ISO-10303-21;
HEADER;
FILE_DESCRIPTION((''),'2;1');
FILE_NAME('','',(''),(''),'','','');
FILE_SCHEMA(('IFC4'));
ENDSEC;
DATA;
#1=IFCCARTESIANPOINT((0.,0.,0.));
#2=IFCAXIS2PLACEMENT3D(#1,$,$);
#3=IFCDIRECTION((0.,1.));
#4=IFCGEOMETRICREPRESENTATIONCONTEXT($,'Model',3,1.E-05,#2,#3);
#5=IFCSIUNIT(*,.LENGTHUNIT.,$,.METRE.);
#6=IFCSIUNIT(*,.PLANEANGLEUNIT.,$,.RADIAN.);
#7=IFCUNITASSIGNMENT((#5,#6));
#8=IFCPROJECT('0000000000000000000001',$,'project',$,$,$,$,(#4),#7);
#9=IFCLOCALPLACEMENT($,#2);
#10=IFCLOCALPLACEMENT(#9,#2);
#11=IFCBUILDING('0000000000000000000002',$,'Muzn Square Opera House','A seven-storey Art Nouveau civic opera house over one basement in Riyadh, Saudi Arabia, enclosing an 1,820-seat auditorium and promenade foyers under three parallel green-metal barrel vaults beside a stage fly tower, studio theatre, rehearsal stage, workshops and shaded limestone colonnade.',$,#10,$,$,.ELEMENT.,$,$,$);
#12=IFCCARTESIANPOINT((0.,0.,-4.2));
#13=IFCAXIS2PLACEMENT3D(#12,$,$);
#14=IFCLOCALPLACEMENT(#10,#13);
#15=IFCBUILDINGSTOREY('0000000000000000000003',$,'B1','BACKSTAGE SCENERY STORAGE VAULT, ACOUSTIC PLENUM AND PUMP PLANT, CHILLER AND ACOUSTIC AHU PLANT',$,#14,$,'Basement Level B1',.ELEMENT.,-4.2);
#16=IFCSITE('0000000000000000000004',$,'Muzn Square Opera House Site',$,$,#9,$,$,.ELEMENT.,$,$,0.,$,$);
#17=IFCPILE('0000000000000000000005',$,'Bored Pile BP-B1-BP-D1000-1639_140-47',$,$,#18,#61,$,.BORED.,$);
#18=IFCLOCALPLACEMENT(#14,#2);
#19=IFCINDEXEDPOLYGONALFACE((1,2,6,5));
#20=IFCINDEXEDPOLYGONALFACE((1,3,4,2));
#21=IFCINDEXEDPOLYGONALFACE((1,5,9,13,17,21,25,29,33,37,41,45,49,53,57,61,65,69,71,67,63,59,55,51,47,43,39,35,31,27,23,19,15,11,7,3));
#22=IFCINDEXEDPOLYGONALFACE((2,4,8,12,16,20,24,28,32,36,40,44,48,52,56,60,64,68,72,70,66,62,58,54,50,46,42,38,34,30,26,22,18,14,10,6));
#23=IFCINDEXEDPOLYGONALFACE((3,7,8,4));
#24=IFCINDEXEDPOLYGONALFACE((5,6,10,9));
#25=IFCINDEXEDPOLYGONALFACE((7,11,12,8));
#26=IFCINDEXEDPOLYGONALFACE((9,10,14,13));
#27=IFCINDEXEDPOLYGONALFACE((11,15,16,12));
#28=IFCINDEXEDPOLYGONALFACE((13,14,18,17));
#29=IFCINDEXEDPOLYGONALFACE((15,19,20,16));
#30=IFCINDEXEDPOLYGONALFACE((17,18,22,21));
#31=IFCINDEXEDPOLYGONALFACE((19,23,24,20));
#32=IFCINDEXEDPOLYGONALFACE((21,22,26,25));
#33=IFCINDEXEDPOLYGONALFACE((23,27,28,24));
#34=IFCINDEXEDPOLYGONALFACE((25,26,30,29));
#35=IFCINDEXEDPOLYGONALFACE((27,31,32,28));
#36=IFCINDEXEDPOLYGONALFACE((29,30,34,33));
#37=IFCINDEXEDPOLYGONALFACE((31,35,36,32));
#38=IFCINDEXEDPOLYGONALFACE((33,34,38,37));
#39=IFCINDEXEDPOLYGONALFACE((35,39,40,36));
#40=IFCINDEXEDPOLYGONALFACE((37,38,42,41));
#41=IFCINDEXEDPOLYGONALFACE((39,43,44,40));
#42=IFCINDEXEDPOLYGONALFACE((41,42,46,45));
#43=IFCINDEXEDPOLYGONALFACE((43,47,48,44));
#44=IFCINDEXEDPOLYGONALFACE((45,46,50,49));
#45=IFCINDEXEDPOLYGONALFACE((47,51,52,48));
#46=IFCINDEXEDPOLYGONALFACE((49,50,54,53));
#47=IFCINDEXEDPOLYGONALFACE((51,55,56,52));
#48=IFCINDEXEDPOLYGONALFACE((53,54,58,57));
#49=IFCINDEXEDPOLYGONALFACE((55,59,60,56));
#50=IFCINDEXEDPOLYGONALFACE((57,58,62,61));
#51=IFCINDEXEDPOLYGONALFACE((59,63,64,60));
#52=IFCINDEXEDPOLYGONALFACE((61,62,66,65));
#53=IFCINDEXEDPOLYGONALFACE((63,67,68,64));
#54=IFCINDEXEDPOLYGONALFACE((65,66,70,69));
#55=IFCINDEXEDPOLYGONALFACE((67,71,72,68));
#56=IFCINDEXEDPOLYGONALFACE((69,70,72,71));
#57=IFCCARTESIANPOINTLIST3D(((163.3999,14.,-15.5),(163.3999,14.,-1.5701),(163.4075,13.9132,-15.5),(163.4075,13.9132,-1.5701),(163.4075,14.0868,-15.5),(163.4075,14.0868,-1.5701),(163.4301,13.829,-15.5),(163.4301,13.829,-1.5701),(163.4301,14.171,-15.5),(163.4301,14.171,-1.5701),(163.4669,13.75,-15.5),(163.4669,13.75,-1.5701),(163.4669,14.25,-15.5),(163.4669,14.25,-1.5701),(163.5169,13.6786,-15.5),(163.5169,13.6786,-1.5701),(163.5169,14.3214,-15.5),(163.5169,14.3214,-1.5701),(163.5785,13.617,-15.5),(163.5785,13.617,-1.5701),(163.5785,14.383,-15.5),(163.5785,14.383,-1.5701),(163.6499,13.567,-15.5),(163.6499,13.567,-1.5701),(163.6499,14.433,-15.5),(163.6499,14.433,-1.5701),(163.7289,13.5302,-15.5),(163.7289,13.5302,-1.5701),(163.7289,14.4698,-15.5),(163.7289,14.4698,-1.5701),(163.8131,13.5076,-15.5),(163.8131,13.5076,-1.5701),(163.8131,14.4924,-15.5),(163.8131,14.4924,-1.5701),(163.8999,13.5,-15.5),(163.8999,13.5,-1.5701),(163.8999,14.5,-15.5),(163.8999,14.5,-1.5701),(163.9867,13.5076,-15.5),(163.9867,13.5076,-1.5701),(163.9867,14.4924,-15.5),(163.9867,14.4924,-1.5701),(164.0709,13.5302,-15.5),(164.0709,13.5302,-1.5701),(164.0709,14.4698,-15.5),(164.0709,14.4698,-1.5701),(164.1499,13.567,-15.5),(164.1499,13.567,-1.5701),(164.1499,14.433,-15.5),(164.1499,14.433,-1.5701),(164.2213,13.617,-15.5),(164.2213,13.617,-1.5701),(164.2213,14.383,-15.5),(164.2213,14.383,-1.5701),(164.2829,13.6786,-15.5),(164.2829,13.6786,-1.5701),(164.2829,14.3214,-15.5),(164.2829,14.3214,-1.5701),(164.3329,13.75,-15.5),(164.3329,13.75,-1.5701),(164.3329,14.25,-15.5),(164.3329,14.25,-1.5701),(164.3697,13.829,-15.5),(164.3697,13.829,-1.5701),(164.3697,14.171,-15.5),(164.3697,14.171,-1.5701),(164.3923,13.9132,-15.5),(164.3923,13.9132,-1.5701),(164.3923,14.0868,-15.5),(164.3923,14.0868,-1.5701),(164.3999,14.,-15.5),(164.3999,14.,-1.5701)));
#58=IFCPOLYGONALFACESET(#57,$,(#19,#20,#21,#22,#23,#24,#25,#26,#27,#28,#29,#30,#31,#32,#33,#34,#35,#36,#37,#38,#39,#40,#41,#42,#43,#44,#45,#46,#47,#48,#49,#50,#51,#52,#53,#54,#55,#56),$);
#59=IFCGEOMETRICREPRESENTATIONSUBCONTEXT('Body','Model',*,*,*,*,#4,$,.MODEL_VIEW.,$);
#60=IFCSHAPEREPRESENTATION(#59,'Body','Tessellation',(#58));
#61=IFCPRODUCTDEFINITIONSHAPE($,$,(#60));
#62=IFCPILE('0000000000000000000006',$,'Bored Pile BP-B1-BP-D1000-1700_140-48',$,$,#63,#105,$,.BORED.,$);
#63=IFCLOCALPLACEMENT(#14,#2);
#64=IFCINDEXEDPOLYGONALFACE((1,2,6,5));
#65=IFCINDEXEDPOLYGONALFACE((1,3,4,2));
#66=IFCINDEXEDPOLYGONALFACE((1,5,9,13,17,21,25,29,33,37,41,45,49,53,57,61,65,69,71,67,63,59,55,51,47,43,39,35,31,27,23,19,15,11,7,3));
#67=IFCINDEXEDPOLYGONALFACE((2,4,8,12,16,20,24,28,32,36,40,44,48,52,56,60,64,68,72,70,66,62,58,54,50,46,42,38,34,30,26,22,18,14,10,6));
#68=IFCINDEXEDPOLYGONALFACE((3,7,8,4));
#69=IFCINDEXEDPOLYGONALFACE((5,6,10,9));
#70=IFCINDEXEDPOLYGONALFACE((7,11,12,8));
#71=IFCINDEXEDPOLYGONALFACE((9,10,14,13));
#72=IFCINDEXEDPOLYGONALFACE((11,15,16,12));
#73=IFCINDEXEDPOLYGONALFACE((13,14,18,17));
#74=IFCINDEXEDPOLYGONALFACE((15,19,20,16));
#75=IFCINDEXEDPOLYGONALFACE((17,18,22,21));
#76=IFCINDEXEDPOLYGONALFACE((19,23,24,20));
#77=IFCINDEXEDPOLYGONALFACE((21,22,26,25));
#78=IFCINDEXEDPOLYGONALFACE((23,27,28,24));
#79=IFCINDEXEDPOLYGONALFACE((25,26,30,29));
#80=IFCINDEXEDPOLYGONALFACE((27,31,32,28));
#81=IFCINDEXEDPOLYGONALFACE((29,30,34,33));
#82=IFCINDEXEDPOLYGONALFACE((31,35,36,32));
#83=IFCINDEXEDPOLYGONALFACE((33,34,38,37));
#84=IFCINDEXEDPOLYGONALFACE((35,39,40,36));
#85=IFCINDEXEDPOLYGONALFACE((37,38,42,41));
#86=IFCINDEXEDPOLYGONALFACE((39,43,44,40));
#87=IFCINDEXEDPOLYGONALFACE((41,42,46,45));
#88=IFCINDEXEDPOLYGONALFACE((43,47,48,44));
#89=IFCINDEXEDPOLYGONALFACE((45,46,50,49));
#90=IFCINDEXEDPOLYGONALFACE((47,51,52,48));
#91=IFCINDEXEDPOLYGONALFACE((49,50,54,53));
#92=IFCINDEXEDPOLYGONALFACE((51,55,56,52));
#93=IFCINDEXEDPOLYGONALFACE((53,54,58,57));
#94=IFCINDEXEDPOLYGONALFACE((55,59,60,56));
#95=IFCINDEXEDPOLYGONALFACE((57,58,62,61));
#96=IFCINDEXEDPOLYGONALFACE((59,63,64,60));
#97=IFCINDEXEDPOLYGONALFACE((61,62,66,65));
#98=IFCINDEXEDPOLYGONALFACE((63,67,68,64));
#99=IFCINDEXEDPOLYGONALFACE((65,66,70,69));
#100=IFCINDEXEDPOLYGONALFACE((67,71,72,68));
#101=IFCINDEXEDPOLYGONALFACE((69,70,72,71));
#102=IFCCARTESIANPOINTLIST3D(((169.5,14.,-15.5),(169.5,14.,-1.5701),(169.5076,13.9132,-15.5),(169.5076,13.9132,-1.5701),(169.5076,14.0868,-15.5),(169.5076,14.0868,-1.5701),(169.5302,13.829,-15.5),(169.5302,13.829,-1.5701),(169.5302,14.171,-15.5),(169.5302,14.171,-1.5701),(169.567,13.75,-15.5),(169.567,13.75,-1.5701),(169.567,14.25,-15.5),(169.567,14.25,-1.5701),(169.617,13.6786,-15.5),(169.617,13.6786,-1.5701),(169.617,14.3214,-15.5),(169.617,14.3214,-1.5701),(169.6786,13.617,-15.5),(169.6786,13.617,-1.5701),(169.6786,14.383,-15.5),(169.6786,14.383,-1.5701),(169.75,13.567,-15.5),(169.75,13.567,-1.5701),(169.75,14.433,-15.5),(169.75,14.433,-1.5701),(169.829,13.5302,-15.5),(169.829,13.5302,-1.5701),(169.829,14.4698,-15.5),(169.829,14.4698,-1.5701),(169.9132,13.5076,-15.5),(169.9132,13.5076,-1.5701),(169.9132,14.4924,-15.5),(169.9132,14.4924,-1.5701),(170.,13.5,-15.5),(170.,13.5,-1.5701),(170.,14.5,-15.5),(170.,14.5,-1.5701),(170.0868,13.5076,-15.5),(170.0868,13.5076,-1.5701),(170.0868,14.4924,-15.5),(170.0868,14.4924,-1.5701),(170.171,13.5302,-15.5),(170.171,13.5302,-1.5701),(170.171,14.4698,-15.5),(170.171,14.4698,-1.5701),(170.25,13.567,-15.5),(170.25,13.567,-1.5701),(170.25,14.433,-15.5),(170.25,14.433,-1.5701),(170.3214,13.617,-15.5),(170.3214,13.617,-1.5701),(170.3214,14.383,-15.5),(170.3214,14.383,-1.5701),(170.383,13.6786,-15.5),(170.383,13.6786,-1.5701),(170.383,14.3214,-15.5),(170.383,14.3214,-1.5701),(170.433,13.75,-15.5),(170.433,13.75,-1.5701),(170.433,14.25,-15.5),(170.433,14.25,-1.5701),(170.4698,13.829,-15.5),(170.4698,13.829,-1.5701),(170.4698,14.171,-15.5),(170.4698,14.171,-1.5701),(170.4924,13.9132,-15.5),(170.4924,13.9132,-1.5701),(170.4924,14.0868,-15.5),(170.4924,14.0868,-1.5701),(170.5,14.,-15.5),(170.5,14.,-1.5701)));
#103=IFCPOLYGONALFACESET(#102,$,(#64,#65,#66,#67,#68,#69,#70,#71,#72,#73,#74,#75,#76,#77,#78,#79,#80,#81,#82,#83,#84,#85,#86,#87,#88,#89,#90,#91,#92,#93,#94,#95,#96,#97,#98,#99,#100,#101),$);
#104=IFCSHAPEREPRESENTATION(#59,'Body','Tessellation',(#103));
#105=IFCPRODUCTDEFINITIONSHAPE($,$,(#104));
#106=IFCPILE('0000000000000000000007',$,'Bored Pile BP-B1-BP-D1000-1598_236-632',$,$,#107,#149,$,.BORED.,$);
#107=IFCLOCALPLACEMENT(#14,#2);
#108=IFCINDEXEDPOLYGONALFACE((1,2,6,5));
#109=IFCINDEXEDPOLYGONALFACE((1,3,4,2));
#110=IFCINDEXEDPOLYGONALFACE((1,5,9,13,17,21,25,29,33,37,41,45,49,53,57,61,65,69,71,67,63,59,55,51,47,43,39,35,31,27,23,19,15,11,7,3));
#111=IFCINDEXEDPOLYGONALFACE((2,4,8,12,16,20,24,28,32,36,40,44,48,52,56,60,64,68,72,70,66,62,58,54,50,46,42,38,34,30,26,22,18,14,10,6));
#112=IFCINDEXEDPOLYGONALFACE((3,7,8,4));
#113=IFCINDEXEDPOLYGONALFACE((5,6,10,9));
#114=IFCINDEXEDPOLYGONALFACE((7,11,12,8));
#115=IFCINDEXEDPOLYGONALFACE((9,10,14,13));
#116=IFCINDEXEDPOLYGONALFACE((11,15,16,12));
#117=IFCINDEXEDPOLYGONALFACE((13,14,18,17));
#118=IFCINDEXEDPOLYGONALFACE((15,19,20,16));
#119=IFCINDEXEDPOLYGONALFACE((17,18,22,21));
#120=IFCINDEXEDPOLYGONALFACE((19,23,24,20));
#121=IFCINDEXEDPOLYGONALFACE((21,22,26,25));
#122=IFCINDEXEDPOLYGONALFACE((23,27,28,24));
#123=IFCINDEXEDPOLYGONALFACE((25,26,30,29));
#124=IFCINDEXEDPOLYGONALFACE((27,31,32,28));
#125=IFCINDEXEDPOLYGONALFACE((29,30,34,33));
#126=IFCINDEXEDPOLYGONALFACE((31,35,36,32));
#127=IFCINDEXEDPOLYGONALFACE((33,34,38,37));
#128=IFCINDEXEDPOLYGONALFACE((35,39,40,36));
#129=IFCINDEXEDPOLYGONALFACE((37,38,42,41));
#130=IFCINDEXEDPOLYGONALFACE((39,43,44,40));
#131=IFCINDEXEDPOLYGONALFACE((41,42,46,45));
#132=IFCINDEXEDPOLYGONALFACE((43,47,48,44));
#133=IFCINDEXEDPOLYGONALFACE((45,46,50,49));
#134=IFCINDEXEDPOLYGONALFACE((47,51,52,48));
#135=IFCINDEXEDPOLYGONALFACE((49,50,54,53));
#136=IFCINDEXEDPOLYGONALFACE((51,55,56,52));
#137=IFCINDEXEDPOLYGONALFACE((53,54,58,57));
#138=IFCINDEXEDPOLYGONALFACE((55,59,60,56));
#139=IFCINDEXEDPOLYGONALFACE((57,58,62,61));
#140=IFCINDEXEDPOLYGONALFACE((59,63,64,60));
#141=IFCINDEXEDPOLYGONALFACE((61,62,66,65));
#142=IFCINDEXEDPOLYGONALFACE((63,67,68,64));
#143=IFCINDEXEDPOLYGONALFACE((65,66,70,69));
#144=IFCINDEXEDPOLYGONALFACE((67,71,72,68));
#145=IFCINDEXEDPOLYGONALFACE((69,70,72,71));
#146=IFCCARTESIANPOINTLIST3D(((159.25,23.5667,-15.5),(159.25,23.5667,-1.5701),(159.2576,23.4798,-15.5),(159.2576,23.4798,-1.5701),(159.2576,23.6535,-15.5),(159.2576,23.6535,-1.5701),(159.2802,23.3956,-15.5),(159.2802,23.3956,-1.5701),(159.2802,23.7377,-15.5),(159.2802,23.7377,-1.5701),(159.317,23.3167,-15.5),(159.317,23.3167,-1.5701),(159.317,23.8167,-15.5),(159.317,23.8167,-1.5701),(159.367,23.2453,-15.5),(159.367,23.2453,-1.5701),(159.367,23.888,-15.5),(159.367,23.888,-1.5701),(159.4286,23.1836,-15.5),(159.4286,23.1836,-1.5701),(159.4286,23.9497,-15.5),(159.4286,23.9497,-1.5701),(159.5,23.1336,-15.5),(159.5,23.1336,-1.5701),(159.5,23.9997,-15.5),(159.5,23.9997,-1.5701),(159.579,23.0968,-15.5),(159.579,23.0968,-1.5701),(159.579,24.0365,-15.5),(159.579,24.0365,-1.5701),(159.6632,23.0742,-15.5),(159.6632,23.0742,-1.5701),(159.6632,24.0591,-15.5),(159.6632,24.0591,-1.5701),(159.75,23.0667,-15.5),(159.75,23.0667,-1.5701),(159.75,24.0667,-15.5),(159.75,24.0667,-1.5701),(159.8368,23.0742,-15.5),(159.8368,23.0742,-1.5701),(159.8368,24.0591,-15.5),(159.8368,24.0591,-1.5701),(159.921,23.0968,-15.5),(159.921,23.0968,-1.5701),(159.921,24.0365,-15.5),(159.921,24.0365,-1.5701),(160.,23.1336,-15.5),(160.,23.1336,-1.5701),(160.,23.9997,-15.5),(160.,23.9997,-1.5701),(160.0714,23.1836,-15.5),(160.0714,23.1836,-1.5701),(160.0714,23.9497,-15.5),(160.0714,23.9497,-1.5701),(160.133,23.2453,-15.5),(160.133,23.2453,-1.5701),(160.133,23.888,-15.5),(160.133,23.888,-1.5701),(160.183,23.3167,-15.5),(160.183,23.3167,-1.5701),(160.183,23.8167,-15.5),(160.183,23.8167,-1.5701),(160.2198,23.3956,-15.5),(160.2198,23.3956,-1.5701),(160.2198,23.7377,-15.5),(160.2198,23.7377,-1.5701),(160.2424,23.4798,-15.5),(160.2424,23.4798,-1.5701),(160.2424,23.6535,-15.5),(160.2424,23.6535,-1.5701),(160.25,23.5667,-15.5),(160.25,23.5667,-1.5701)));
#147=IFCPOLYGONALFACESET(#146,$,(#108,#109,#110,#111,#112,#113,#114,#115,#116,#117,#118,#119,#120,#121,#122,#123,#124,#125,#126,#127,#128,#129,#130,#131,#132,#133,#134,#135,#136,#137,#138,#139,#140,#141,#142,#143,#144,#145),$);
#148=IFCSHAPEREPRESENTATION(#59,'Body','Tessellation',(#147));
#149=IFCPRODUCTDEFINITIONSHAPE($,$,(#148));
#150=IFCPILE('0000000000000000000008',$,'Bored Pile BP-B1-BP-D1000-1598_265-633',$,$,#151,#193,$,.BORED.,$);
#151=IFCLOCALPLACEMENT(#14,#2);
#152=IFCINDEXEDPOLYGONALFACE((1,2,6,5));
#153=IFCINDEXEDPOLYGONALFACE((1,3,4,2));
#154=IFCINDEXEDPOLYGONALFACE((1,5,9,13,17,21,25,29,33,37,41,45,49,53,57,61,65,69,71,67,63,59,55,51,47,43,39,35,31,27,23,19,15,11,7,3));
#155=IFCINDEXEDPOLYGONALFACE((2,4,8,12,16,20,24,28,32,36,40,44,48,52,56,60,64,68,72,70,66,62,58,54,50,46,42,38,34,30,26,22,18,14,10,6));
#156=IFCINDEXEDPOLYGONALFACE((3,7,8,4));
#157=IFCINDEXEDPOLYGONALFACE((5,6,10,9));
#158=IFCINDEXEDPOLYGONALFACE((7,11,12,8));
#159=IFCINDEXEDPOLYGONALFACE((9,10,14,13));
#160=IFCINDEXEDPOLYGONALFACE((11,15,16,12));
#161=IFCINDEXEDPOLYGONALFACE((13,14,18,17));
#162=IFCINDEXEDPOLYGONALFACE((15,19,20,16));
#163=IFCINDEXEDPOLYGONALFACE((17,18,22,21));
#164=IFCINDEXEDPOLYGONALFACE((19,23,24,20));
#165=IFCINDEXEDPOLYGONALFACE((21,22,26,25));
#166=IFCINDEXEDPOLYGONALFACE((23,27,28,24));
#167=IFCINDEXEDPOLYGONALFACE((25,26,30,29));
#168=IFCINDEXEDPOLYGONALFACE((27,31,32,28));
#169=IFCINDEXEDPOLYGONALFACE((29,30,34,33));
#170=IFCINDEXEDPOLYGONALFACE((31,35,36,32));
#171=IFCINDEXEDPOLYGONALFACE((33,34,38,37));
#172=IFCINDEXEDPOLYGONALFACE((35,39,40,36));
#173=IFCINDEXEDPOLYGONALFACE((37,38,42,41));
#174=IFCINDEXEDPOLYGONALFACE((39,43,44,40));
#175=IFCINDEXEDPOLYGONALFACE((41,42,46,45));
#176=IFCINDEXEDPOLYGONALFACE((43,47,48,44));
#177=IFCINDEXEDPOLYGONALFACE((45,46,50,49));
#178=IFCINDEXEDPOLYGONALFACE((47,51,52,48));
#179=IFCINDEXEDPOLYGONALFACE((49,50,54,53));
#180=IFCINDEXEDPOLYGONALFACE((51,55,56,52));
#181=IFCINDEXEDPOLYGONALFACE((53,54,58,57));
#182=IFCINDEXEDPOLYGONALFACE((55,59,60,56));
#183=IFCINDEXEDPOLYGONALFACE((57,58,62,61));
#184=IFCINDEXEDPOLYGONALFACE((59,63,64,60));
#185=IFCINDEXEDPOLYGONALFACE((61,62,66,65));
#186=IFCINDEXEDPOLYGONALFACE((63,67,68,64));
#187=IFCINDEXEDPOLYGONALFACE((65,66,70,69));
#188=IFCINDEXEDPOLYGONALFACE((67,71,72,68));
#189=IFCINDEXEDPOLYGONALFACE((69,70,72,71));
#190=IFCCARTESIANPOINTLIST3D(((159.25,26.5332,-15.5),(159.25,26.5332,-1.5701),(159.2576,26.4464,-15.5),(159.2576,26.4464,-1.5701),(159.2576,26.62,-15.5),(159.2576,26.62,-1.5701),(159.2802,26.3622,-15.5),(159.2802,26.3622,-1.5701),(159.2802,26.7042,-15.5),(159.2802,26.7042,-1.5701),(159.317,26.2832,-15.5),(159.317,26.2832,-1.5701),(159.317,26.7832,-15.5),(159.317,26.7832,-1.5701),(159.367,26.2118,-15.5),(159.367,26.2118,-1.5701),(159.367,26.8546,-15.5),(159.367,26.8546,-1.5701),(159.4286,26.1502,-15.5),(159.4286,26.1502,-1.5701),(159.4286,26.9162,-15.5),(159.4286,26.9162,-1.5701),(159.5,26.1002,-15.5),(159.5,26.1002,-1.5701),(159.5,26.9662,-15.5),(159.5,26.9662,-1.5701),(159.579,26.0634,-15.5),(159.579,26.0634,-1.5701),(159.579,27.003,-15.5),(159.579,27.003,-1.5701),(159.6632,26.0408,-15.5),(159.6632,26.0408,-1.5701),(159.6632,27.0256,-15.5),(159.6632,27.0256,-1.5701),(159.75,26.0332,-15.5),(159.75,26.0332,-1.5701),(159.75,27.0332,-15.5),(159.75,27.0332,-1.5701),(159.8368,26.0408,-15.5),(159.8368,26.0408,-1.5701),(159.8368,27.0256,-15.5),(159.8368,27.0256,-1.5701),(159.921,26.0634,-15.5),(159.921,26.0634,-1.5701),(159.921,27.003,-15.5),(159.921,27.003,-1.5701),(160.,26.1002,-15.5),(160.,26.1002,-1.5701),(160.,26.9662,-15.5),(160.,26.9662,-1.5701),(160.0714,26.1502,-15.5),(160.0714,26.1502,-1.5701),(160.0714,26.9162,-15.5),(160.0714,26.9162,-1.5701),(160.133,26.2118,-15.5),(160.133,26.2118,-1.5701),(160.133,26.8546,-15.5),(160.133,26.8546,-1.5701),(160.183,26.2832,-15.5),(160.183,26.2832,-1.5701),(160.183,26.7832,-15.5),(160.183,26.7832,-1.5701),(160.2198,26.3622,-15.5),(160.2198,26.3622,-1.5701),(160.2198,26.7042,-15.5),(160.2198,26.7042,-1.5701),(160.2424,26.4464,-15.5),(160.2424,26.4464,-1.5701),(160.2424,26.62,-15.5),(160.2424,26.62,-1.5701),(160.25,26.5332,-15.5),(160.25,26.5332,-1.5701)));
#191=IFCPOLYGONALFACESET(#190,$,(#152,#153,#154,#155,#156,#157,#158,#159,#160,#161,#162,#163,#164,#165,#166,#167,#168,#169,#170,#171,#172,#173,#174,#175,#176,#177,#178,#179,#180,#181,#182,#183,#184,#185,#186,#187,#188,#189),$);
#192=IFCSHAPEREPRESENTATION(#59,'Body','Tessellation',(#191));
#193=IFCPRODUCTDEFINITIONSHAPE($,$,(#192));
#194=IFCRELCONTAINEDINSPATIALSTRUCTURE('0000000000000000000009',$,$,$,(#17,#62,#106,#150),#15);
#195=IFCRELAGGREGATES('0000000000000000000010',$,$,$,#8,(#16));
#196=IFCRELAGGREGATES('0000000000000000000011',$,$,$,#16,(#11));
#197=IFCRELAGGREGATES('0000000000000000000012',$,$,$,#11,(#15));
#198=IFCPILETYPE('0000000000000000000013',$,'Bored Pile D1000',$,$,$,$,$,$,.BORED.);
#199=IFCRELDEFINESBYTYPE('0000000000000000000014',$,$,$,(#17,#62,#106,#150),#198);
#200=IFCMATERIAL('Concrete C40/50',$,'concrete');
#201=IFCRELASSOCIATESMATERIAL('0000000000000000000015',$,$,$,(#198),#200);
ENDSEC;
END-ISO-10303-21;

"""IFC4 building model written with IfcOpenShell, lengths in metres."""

from ifc_helpers import new_model, si_unit, direction, frame, origin, origin_2d, place, context, subcontext, project, spatial, circle, extrude, material, material_profile, profile_set, type_object, element, save


model = new_model("IFC4")

# Units and contexts
model_context = context("Model", 3, precision=1e-05, world=origin(), true_north=direction((0.0, 1.0)))
body_context = subcontext(model_context, "Body", "Model", "MODEL_VIEW")
ifc_project = project(units=[si_unit("LENGTHUNIT", "METRE"), si_unit("PLANEANGLEUNIT", "RADIAN")], contexts=[model_context])

# Site, building, storey
site_placement = place(None, origin())
site = spatial("IfcSite", under=ifc_project, at=site_placement, Name="Muzn Square Opera House Site", CompositionType="ELEMENT", RefElevation=0.0)
building_placement = place(site_placement, origin())
building = spatial("IfcBuilding", under=site, at=building_placement, Name="Muzn Square Opera House", Description="A seven-storey Art Nouveau civic opera house over one basement in Riyadh, Saudi Arabia, enclosing an 1,820-seat auditorium and promenade foyers under three parallel green-metal barrel vaults beside a stage fly tower, studio theatre, rehearsal stage, workshops and shaded limestone colonnade.", CompositionType="ELEMENT")
storey_placement = place(building_placement, frame((0.0, 0.0, -4.2)))
storey = spatial("IfcBuildingStorey", under=building, at=storey_placement, Name="B1", Description="BACKSTAGE SCENERY STORAGE VAULT, ACOUSTIC PLENUM AND PUMP PLANT, CHILLER AND ACOUSTIC AHU PLANT", LongName="Basement Level B1", CompositionType="ELEMENT", Elevation=-4.2)

# Piles
ifc_material_1 = material(Name="Concrete C40/50", Category="concrete")
ifc_material_profile_1 = material_profile(ifc_material_1, circle(Radius=0.5, at=origin_2d()), Name="BORED PILE D1000", Category="concrete")
ifc_profile_set_1 = profile_set([ifc_material_profile_1], Name="Concrete C40/50")
pile_type = type_object("IfcPileType", Name="Bored Pile D1000", PredefinedType="BORED", material=ifc_profile_set_1)
for number, where, z_axis, x_axis, name in (
    (1, (163.8999, 14.0, -1.5701), (0.0, 0.0, -1.0), (1.0, 0.0, 0.0), "Bored Pile BP-B1-BP-D1000-1639_140-47"),
    (2, (170.0, 14.0, -1.5701), (0.0, 0.0, -1.0), (1.0, 0.0, 0.0), "Bored Pile BP-B1-BP-D1000-1700_140-48"),
    (3, (159.75, 23.5667, -1.5701), (0.0, 0.0, -1.0), (1.0, 0.0, 0.0), "Bored Pile BP-B1-BP-D1000-1598_236-632"),
    (4, (159.75, 26.5332, -1.5701), (0.0, 0.0, -1.0), (1.0, 0.0, 0.0), "Bored Pile BP-B1-BP-D1000-1598_265-633"),
):
    element("IfcPile", number, at=place(storey_placement, frame(where, z_axis=z_axis, x_axis=x_axis)), inside=storey, type_object=pile_type, Name=name, PredefinedType="BORED", context=body_context, shape_type="SweptSolid", body=[
        extrude(circle(Radius=0.5, at=origin_2d()), origin(), (0.0, 0.0, 1.0), 13.9299),
    ])

save(model, "model.ifc")
